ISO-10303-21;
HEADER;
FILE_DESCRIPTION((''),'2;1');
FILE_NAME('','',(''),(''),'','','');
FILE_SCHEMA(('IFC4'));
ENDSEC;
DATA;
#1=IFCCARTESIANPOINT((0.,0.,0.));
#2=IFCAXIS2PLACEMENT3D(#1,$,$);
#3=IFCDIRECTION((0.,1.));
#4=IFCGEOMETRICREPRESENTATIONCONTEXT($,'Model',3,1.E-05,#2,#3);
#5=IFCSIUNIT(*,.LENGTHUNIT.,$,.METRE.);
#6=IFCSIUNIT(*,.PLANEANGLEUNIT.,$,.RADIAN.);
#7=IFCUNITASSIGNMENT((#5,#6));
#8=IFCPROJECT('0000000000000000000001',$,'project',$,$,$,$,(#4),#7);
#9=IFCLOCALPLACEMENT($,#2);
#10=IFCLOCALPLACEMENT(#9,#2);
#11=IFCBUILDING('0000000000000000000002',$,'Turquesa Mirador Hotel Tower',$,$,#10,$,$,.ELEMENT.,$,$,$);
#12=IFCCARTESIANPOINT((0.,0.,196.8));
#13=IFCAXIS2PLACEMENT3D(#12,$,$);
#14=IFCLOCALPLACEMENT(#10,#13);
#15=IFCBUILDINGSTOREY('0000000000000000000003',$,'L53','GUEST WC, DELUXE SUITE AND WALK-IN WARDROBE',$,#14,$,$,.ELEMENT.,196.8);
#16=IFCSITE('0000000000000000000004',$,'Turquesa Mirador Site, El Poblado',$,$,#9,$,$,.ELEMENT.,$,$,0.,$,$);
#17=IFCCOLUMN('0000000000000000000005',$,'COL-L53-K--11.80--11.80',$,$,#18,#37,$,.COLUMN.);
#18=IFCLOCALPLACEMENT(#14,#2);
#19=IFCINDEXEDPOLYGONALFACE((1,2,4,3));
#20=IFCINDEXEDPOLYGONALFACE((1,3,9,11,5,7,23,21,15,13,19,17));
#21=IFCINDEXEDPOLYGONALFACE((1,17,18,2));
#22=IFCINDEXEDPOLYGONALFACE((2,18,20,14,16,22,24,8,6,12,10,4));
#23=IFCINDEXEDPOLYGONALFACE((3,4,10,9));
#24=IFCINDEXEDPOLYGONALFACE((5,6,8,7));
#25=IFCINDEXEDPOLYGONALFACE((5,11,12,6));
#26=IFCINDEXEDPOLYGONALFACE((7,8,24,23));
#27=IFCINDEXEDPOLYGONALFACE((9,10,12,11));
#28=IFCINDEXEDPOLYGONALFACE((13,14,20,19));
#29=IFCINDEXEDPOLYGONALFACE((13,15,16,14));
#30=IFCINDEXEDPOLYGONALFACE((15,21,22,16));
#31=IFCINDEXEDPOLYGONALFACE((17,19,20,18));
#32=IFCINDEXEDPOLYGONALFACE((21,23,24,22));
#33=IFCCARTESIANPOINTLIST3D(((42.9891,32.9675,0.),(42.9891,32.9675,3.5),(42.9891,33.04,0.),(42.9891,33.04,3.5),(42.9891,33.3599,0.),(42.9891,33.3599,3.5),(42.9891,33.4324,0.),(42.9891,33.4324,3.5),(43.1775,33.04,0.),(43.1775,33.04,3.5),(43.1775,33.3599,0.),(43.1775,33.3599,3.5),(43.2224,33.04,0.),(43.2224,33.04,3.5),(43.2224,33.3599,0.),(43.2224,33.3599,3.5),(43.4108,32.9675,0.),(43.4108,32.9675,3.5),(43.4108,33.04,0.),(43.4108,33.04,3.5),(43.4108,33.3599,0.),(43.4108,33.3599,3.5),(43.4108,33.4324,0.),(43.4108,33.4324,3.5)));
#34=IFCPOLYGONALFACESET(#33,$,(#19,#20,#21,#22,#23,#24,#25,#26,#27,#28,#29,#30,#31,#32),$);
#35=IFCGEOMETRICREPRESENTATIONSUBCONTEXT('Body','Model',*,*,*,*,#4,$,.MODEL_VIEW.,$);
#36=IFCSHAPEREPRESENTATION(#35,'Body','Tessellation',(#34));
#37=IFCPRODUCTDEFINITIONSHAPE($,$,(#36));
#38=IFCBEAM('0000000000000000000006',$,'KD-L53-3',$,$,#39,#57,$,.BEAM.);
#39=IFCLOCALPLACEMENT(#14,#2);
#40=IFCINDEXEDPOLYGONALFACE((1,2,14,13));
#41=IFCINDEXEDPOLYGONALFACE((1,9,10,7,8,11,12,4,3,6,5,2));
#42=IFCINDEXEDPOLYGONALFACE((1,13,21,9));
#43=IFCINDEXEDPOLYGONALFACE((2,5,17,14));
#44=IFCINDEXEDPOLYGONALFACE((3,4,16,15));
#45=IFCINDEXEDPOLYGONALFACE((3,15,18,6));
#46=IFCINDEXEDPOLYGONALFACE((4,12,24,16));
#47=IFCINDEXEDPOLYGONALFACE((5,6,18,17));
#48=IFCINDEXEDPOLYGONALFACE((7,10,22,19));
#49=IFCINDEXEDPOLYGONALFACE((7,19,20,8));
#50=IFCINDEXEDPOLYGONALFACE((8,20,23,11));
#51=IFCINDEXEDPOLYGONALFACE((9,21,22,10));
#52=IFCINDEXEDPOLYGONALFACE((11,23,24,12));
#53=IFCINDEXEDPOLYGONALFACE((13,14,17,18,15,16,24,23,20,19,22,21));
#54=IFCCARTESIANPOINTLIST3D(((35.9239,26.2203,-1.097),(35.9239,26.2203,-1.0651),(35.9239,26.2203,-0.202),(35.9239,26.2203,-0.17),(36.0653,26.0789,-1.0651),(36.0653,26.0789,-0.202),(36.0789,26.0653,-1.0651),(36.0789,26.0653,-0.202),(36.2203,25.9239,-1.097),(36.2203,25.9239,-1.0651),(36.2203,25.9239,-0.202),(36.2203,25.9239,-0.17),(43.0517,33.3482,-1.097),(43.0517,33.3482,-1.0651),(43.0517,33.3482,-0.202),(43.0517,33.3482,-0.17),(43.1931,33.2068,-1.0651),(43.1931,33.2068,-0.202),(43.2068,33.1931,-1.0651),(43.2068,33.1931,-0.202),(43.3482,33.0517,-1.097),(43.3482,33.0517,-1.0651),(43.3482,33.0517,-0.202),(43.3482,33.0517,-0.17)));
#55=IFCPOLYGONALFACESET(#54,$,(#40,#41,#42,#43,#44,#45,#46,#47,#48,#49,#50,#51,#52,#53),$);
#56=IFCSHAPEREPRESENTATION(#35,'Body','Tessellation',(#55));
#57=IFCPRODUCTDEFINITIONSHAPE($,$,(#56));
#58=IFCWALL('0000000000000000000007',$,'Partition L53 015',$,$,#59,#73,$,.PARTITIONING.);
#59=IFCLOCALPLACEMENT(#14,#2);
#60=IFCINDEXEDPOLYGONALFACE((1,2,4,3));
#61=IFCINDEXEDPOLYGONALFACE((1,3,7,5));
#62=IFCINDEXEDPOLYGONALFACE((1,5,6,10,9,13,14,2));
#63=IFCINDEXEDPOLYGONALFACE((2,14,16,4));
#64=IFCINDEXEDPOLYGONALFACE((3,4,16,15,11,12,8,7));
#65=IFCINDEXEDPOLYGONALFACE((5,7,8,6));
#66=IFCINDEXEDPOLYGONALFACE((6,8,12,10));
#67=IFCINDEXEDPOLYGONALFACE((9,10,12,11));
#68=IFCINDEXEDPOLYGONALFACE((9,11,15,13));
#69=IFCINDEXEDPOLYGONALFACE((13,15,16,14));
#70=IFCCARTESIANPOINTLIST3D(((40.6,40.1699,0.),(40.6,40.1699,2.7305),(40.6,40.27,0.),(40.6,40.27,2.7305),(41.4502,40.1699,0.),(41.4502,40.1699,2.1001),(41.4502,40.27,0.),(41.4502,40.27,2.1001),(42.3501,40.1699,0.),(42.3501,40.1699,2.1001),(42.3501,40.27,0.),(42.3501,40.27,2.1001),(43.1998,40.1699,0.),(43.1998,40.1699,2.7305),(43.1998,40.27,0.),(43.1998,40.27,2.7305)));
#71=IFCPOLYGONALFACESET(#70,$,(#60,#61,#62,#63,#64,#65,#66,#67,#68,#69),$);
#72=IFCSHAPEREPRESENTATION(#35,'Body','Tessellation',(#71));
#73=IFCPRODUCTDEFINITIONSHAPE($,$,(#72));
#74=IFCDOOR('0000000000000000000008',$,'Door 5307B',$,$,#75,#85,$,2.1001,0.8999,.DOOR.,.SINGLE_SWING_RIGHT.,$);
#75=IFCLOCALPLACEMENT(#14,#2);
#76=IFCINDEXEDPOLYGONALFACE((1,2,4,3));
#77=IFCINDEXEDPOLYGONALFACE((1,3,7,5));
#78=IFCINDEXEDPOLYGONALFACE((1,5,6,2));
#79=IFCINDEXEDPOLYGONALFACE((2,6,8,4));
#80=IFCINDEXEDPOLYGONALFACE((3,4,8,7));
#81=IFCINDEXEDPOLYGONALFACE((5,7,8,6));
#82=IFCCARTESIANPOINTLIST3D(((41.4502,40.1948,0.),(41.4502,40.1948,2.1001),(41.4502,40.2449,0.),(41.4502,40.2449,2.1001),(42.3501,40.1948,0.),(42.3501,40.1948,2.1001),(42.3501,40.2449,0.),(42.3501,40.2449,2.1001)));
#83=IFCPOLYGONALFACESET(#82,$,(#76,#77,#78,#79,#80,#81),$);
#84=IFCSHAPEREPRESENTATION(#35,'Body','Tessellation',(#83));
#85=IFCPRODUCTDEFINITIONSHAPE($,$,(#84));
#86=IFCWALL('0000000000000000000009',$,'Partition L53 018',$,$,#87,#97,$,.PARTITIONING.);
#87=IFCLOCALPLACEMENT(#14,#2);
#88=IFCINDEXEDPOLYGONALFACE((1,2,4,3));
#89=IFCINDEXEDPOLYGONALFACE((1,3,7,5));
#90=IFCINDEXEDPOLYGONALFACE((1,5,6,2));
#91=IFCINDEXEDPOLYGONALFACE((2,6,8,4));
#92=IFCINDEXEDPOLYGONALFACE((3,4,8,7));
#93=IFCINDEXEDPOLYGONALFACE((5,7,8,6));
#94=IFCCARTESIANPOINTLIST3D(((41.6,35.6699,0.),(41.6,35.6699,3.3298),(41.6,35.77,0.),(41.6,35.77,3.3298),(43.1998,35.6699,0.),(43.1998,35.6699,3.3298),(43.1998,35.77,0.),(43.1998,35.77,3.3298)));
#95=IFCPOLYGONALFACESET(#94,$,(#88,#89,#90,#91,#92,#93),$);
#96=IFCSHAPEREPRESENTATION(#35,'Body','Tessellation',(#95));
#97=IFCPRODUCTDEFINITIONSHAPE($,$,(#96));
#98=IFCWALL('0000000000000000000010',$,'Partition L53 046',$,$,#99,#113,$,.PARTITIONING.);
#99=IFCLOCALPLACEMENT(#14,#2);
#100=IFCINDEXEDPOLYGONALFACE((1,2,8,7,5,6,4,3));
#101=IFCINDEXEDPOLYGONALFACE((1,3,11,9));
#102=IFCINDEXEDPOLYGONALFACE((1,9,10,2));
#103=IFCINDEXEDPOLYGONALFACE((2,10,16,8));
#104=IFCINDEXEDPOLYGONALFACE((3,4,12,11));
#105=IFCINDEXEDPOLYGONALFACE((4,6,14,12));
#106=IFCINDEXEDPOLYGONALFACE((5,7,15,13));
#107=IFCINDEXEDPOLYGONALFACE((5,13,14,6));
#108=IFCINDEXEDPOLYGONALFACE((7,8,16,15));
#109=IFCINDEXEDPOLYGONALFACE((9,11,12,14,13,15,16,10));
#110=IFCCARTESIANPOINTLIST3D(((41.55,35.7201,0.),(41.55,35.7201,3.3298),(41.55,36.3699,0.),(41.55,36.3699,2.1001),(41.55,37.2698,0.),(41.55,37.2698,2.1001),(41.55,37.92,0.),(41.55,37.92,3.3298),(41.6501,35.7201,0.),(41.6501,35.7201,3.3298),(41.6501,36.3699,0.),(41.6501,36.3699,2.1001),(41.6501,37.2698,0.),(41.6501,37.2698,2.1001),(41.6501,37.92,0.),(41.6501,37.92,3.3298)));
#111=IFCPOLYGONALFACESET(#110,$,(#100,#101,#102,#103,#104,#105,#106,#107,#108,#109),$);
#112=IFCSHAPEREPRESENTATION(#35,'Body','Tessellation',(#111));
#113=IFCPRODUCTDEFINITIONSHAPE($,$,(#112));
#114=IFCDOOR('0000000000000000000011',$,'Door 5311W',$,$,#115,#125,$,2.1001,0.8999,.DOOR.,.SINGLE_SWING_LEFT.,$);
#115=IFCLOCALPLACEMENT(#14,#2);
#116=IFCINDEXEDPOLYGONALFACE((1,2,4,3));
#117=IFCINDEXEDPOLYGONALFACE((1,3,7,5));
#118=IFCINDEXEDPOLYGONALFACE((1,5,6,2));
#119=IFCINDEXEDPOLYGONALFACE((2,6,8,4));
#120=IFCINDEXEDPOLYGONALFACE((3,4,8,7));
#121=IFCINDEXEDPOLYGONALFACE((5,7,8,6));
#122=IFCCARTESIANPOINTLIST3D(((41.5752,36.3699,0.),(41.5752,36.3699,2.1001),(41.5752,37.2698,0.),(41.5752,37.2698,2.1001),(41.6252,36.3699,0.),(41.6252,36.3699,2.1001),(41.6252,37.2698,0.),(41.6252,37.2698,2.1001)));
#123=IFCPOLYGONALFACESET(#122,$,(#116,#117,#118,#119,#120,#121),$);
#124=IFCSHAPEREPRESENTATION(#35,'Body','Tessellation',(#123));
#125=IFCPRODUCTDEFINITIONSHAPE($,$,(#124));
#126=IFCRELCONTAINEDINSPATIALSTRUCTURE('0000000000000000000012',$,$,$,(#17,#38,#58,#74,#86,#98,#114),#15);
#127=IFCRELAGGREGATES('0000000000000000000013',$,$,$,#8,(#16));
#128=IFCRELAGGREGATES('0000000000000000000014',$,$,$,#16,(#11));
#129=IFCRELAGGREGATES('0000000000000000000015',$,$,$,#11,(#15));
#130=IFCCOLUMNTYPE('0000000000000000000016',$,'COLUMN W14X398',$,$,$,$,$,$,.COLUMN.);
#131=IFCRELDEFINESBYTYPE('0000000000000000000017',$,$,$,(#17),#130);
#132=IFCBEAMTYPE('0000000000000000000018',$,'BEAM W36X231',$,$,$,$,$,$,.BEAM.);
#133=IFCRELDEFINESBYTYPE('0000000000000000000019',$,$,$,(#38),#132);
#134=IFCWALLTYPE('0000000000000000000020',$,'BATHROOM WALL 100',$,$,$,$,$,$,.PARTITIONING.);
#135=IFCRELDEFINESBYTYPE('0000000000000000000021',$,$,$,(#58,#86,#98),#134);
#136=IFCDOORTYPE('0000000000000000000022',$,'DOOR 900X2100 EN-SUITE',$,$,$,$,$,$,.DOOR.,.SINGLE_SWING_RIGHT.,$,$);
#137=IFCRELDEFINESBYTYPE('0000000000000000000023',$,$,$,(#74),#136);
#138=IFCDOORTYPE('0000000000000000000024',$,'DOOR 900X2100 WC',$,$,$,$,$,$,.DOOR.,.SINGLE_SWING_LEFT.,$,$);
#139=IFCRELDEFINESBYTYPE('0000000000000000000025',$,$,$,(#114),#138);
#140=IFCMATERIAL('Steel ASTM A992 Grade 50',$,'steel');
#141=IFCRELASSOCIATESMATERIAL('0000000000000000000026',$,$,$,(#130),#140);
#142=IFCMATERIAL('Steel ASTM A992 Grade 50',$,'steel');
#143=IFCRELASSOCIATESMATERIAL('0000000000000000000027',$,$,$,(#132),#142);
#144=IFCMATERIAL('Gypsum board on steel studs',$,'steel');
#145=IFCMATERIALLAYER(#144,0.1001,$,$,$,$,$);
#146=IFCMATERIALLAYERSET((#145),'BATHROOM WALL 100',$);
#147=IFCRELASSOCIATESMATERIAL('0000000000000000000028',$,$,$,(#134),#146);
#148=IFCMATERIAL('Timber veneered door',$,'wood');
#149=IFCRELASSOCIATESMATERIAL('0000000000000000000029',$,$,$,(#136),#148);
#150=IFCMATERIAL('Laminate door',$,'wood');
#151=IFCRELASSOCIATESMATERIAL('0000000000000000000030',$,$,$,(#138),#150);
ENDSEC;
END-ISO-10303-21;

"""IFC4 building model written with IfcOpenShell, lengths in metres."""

from ifc_helpers import new_model, si_unit, direction, frame, frame_2d, origin, origin_2d, place, context, subcontext, project, spatial, rectangle, i_section, extrude, material, layer, layer_set, material_profile, profile_set, type_object, element, fill, save


model = new_model("IFC4")

# Units and contexts
model_context = context("Model", 3, precision=1e-05, world=origin(), true_north=direction((0.0, 1.0)))
body_context = subcontext(model_context, "Body", "Model", "MODEL_VIEW")
ifc_project = project(units=[si_unit("LENGTHUNIT", "METRE"), si_unit("PLANEANGLEUNIT", "RADIAN")], contexts=[model_context])

# Site, building, storey
site_placement = place(None, origin())
site = spatial("IfcSite", under=ifc_project, at=site_placement, Name="Turquesa Mirador Site, El Poblado", CompositionType="ELEMENT", RefElevation=0.0)
building_placement = place(site_placement, origin())
building = spatial("IfcBuilding", under=site, at=building_placement, Name="Turquesa Mirador Hotel Tower", CompositionType="ELEMENT")
storey_placement = place(building_placement, frame((0.0, 0.0, 196.8)))
storey = spatial("IfcBuildingStorey", under=building, at=storey_placement, Name="L53", Description="GUEST WC, DELUXE SUITE AND WALK-IN WARDROBE", CompositionType="ELEMENT", Elevation=196.8)

# Column
ifc_material_1 = material(Name="Steel ASTM A992 Grade 50", Category="steel")
ifc_material_profile_1 = material_profile(ifc_material_1, i_section(OverallWidth=0.4216, OverallDepth=0.4648, WebThickness=0.0449, FlangeThickness=0.0725, at=origin_2d()), Name="W14X398")
ifc_profile_set_1 = profile_set([ifc_material_profile_1], Name="Steel ASTM A992 Grade 50")
column_type = type_object("IfcColumnType", Name="COLUMN W14X398", PredefinedType="COLUMN", material=ifc_profile_set_1)
column_placement = place(storey_placement, frame((43.2, 33.2, 0.0), z_axis=(0.0, 0.0, 1.0), x_axis=(1.0, 0.0, 0.0)))
element("IfcColumn", 1, at=column_placement, inside=storey, type_object=column_type, Name="COL-L53-K--11.80--11.80", PredefinedType="COLUMN", context=body_context, shape_type="SweptSolid", body=[
    extrude(i_section(OverallWidth=0.4216, OverallDepth=0.4648, WebThickness=0.0449, FlangeThickness=0.0725, at=origin_2d()), origin(), (0.0, 0.0, 1.0), 3.5),
])

# Beam
ifc_material_2 = material(Name="Steel ASTM A992 Grade 50", Category="steel")
ifc_material_profile_2 = material_profile(ifc_material_2, i_section(OverallWidth=0.4192, OverallDepth=0.927, WebThickness=0.0193, FlangeThickness=0.032, at=origin_2d()), Name="W36X231")
ifc_profile_set_2 = profile_set([ifc_material_profile_2], Name="Steel ASTM A992 Grade 50")
beam_type = type_object("IfcBeamType", Name="BEAM W36X231", PredefinedType="BEAM", material=ifc_profile_set_2)
beam_placement = place(storey_placement, frame((43.2, 33.2, -0.6335), z_axis=(-0.707107, -0.707107, 0.0), x_axis=(0.707107, -0.707107, 0.0)))
element("IfcBeam", 2, at=beam_placement, inside=storey, type_object=beam_type, Name="KD-L53-3", PredefinedType="BEAM", context=body_context, shape_type="SweptSolid", body=[
    extrude(i_section(OverallWidth=0.4192, OverallDepth=0.927, WebThickness=0.0193, FlangeThickness=0.032, at=origin_2d()), origin(), (0.0, 0.0, 1.0), 10.0803),
])

# Wall, opening, door
ifc_material_3 = material(Name="Gypsum board on steel studs", Category="steel")
ifc_layer_1 = layer(ifc_material_3, 0.1001)
ifc_layer_set_1 = layer_set([ifc_layer_1], Name="BATHROOM WALL 100")
wall_type_1 = type_object("IfcWallType", Name="BATHROOM WALL 100", PredefinedType="PARTITIONING", material=ifc_layer_set_1)
wall_1_placement = place(storey_placement, frame((40.6001, 40.22, 0.0), z_axis=(0.0, 0.0, 1.0), x_axis=(1.0, 0.0, 0.0)))
wall_1 = element("IfcWall", 3, at=wall_1_placement, inside=storey, type_object=wall_type_1, Name="Partition L53 015", PredefinedType="PARTITIONING", context=body_context, shape_type="SweptSolid", body=[
    extrude(rectangle(XDim=2.5999, YDim=0.1001, at=frame_2d((1.2998, 0.0))), origin(), (0.0, 0.0, 1.0), 2.7305),
])
opening_1_placement = place(wall_1_placement, frame((0.8501, 0.0, 0.0)))
opening_1 = element("IfcOpeningElement", 4, at=opening_1_placement, cuts=wall_1, PredefinedType="OPENING", context=body_context, shape_type="SweptSolid", body=[
    extrude(rectangle(XDim=0.8999, YDim=2.1001, at=frame_2d((0.45, 1.05))), frame((0.0, 0.0601, 0.0), z_axis=(0.0, -1.0, 0.0), x_axis=(1.0, 0.0, 0.0)), (0.0, 0.0, 1.0), 0.1201),
])
ifc_material_4 = material(Name="Timber veneered door", Category="wood")
door_type_1 = type_object("IfcDoorType", Name="DOOR 900X2100 EN-SUITE", OperationType="SINGLE_SWING_RIGHT", PredefinedType="DOOR", material=ifc_material_4)
door_1_placement = place(opening_1_placement, origin())
door_1 = element("IfcDoor", 5, at=door_1_placement, inside=storey, type_object=door_type_1, Name="Door 5307B", OperationType="SINGLE_SWING_RIGHT", OverallHeight=2.1001, OverallWidth=0.8999, PredefinedType="DOOR", context=body_context, shape_type="SweptSolid", body=[
    extrude(rectangle(XDim=0.8999, YDim=2.1001, at=frame_2d((0.45, 1.05))), frame((0.0, 0.0249, 0.0), z_axis=(0.0, -1.0, 0.0), x_axis=(1.0, 0.0, 0.0)), (0.0, 0.0, 1.0), 0.05),
])
fill(opening_1, door_1)

# Wall
wall_2_placement = place(storey_placement, frame((41.6001, 35.72, 0.0), z_axis=(0.0, 0.0, 1.0), x_axis=(1.0, 0.0, 0.0)))
element("IfcWall", 6, at=wall_2_placement, inside=storey, type_object=wall_type_1, Name="Partition L53 018", PredefinedType="PARTITIONING", context=body_context, shape_type="SweptSolid", body=[
    extrude(rectangle(XDim=1.5999, YDim=0.1001, at=frame_2d((0.7998, 0.0))), origin(), (0.0, 0.0, 1.0), 3.3298),
])

# Wall, opening, door
wall_3_placement = place(storey_placement, frame((41.6001, 35.72, 0.0), z_axis=(0.0, 0.0, 1.0), x_axis=(0.0, 1.0, 0.0)))
wall_3 = element("IfcWall", 7, at=wall_3_placement, inside=storey, type_object=wall_type_1, Name="Partition L53 046", PredefinedType="PARTITIONING", context=body_context, shape_type="SweptSolid", body=[
    extrude(rectangle(XDim=2.2, YDim=0.1001, at=frame_2d((1.1001, 0.0))), origin(), (0.0, 0.0, 1.0), 3.3298),
])
opening_2_placement = place(wall_3_placement, frame((0.6499, 0.0, 0.0)))
opening_2 = element("IfcOpeningElement", 8, at=opening_2_placement, cuts=wall_3, PredefinedType="OPENING", context=body_context, shape_type="SweptSolid", body=[
    extrude(rectangle(XDim=0.8999, YDim=2.1001, at=frame_2d((0.45, 1.05))), frame((0.0, 0.0601, 0.0), z_axis=(0.0, -1.0, 0.0), x_axis=(1.0, 0.0, 0.0)), (0.0, 0.0, 1.0), 0.1201),
])
ifc_material_5 = material(Name="Laminate door", Category="wood")
door_type_2 = type_object("IfcDoorType", Name="DOOR 900X2100 WC", OperationType="SINGLE_SWING_LEFT", PredefinedType="DOOR", material=ifc_material_5)
door_2_placement = place(opening_2_placement, origin())
door_2 = element("IfcDoor", 9, at=door_2_placement, inside=storey, type_object=door_type_2, Name="Door 5311W", OperationType="SINGLE_SWING_LEFT", OverallHeight=2.1001, OverallWidth=0.8999, PredefinedType="DOOR", context=body_context, shape_type="SweptSolid", body=[
    extrude(rectangle(XDim=0.8999, YDim=2.1001, at=frame_2d((0.45, 1.05))), frame((0.0, 0.0249, 0.0), z_axis=(0.0, -1.0, 0.0), x_axis=(1.0, 0.0, 0.0)), (0.0, 0.0, 1.0), 0.05),
])
fill(opening_2, door_2)

save(model, "model.ifc")
